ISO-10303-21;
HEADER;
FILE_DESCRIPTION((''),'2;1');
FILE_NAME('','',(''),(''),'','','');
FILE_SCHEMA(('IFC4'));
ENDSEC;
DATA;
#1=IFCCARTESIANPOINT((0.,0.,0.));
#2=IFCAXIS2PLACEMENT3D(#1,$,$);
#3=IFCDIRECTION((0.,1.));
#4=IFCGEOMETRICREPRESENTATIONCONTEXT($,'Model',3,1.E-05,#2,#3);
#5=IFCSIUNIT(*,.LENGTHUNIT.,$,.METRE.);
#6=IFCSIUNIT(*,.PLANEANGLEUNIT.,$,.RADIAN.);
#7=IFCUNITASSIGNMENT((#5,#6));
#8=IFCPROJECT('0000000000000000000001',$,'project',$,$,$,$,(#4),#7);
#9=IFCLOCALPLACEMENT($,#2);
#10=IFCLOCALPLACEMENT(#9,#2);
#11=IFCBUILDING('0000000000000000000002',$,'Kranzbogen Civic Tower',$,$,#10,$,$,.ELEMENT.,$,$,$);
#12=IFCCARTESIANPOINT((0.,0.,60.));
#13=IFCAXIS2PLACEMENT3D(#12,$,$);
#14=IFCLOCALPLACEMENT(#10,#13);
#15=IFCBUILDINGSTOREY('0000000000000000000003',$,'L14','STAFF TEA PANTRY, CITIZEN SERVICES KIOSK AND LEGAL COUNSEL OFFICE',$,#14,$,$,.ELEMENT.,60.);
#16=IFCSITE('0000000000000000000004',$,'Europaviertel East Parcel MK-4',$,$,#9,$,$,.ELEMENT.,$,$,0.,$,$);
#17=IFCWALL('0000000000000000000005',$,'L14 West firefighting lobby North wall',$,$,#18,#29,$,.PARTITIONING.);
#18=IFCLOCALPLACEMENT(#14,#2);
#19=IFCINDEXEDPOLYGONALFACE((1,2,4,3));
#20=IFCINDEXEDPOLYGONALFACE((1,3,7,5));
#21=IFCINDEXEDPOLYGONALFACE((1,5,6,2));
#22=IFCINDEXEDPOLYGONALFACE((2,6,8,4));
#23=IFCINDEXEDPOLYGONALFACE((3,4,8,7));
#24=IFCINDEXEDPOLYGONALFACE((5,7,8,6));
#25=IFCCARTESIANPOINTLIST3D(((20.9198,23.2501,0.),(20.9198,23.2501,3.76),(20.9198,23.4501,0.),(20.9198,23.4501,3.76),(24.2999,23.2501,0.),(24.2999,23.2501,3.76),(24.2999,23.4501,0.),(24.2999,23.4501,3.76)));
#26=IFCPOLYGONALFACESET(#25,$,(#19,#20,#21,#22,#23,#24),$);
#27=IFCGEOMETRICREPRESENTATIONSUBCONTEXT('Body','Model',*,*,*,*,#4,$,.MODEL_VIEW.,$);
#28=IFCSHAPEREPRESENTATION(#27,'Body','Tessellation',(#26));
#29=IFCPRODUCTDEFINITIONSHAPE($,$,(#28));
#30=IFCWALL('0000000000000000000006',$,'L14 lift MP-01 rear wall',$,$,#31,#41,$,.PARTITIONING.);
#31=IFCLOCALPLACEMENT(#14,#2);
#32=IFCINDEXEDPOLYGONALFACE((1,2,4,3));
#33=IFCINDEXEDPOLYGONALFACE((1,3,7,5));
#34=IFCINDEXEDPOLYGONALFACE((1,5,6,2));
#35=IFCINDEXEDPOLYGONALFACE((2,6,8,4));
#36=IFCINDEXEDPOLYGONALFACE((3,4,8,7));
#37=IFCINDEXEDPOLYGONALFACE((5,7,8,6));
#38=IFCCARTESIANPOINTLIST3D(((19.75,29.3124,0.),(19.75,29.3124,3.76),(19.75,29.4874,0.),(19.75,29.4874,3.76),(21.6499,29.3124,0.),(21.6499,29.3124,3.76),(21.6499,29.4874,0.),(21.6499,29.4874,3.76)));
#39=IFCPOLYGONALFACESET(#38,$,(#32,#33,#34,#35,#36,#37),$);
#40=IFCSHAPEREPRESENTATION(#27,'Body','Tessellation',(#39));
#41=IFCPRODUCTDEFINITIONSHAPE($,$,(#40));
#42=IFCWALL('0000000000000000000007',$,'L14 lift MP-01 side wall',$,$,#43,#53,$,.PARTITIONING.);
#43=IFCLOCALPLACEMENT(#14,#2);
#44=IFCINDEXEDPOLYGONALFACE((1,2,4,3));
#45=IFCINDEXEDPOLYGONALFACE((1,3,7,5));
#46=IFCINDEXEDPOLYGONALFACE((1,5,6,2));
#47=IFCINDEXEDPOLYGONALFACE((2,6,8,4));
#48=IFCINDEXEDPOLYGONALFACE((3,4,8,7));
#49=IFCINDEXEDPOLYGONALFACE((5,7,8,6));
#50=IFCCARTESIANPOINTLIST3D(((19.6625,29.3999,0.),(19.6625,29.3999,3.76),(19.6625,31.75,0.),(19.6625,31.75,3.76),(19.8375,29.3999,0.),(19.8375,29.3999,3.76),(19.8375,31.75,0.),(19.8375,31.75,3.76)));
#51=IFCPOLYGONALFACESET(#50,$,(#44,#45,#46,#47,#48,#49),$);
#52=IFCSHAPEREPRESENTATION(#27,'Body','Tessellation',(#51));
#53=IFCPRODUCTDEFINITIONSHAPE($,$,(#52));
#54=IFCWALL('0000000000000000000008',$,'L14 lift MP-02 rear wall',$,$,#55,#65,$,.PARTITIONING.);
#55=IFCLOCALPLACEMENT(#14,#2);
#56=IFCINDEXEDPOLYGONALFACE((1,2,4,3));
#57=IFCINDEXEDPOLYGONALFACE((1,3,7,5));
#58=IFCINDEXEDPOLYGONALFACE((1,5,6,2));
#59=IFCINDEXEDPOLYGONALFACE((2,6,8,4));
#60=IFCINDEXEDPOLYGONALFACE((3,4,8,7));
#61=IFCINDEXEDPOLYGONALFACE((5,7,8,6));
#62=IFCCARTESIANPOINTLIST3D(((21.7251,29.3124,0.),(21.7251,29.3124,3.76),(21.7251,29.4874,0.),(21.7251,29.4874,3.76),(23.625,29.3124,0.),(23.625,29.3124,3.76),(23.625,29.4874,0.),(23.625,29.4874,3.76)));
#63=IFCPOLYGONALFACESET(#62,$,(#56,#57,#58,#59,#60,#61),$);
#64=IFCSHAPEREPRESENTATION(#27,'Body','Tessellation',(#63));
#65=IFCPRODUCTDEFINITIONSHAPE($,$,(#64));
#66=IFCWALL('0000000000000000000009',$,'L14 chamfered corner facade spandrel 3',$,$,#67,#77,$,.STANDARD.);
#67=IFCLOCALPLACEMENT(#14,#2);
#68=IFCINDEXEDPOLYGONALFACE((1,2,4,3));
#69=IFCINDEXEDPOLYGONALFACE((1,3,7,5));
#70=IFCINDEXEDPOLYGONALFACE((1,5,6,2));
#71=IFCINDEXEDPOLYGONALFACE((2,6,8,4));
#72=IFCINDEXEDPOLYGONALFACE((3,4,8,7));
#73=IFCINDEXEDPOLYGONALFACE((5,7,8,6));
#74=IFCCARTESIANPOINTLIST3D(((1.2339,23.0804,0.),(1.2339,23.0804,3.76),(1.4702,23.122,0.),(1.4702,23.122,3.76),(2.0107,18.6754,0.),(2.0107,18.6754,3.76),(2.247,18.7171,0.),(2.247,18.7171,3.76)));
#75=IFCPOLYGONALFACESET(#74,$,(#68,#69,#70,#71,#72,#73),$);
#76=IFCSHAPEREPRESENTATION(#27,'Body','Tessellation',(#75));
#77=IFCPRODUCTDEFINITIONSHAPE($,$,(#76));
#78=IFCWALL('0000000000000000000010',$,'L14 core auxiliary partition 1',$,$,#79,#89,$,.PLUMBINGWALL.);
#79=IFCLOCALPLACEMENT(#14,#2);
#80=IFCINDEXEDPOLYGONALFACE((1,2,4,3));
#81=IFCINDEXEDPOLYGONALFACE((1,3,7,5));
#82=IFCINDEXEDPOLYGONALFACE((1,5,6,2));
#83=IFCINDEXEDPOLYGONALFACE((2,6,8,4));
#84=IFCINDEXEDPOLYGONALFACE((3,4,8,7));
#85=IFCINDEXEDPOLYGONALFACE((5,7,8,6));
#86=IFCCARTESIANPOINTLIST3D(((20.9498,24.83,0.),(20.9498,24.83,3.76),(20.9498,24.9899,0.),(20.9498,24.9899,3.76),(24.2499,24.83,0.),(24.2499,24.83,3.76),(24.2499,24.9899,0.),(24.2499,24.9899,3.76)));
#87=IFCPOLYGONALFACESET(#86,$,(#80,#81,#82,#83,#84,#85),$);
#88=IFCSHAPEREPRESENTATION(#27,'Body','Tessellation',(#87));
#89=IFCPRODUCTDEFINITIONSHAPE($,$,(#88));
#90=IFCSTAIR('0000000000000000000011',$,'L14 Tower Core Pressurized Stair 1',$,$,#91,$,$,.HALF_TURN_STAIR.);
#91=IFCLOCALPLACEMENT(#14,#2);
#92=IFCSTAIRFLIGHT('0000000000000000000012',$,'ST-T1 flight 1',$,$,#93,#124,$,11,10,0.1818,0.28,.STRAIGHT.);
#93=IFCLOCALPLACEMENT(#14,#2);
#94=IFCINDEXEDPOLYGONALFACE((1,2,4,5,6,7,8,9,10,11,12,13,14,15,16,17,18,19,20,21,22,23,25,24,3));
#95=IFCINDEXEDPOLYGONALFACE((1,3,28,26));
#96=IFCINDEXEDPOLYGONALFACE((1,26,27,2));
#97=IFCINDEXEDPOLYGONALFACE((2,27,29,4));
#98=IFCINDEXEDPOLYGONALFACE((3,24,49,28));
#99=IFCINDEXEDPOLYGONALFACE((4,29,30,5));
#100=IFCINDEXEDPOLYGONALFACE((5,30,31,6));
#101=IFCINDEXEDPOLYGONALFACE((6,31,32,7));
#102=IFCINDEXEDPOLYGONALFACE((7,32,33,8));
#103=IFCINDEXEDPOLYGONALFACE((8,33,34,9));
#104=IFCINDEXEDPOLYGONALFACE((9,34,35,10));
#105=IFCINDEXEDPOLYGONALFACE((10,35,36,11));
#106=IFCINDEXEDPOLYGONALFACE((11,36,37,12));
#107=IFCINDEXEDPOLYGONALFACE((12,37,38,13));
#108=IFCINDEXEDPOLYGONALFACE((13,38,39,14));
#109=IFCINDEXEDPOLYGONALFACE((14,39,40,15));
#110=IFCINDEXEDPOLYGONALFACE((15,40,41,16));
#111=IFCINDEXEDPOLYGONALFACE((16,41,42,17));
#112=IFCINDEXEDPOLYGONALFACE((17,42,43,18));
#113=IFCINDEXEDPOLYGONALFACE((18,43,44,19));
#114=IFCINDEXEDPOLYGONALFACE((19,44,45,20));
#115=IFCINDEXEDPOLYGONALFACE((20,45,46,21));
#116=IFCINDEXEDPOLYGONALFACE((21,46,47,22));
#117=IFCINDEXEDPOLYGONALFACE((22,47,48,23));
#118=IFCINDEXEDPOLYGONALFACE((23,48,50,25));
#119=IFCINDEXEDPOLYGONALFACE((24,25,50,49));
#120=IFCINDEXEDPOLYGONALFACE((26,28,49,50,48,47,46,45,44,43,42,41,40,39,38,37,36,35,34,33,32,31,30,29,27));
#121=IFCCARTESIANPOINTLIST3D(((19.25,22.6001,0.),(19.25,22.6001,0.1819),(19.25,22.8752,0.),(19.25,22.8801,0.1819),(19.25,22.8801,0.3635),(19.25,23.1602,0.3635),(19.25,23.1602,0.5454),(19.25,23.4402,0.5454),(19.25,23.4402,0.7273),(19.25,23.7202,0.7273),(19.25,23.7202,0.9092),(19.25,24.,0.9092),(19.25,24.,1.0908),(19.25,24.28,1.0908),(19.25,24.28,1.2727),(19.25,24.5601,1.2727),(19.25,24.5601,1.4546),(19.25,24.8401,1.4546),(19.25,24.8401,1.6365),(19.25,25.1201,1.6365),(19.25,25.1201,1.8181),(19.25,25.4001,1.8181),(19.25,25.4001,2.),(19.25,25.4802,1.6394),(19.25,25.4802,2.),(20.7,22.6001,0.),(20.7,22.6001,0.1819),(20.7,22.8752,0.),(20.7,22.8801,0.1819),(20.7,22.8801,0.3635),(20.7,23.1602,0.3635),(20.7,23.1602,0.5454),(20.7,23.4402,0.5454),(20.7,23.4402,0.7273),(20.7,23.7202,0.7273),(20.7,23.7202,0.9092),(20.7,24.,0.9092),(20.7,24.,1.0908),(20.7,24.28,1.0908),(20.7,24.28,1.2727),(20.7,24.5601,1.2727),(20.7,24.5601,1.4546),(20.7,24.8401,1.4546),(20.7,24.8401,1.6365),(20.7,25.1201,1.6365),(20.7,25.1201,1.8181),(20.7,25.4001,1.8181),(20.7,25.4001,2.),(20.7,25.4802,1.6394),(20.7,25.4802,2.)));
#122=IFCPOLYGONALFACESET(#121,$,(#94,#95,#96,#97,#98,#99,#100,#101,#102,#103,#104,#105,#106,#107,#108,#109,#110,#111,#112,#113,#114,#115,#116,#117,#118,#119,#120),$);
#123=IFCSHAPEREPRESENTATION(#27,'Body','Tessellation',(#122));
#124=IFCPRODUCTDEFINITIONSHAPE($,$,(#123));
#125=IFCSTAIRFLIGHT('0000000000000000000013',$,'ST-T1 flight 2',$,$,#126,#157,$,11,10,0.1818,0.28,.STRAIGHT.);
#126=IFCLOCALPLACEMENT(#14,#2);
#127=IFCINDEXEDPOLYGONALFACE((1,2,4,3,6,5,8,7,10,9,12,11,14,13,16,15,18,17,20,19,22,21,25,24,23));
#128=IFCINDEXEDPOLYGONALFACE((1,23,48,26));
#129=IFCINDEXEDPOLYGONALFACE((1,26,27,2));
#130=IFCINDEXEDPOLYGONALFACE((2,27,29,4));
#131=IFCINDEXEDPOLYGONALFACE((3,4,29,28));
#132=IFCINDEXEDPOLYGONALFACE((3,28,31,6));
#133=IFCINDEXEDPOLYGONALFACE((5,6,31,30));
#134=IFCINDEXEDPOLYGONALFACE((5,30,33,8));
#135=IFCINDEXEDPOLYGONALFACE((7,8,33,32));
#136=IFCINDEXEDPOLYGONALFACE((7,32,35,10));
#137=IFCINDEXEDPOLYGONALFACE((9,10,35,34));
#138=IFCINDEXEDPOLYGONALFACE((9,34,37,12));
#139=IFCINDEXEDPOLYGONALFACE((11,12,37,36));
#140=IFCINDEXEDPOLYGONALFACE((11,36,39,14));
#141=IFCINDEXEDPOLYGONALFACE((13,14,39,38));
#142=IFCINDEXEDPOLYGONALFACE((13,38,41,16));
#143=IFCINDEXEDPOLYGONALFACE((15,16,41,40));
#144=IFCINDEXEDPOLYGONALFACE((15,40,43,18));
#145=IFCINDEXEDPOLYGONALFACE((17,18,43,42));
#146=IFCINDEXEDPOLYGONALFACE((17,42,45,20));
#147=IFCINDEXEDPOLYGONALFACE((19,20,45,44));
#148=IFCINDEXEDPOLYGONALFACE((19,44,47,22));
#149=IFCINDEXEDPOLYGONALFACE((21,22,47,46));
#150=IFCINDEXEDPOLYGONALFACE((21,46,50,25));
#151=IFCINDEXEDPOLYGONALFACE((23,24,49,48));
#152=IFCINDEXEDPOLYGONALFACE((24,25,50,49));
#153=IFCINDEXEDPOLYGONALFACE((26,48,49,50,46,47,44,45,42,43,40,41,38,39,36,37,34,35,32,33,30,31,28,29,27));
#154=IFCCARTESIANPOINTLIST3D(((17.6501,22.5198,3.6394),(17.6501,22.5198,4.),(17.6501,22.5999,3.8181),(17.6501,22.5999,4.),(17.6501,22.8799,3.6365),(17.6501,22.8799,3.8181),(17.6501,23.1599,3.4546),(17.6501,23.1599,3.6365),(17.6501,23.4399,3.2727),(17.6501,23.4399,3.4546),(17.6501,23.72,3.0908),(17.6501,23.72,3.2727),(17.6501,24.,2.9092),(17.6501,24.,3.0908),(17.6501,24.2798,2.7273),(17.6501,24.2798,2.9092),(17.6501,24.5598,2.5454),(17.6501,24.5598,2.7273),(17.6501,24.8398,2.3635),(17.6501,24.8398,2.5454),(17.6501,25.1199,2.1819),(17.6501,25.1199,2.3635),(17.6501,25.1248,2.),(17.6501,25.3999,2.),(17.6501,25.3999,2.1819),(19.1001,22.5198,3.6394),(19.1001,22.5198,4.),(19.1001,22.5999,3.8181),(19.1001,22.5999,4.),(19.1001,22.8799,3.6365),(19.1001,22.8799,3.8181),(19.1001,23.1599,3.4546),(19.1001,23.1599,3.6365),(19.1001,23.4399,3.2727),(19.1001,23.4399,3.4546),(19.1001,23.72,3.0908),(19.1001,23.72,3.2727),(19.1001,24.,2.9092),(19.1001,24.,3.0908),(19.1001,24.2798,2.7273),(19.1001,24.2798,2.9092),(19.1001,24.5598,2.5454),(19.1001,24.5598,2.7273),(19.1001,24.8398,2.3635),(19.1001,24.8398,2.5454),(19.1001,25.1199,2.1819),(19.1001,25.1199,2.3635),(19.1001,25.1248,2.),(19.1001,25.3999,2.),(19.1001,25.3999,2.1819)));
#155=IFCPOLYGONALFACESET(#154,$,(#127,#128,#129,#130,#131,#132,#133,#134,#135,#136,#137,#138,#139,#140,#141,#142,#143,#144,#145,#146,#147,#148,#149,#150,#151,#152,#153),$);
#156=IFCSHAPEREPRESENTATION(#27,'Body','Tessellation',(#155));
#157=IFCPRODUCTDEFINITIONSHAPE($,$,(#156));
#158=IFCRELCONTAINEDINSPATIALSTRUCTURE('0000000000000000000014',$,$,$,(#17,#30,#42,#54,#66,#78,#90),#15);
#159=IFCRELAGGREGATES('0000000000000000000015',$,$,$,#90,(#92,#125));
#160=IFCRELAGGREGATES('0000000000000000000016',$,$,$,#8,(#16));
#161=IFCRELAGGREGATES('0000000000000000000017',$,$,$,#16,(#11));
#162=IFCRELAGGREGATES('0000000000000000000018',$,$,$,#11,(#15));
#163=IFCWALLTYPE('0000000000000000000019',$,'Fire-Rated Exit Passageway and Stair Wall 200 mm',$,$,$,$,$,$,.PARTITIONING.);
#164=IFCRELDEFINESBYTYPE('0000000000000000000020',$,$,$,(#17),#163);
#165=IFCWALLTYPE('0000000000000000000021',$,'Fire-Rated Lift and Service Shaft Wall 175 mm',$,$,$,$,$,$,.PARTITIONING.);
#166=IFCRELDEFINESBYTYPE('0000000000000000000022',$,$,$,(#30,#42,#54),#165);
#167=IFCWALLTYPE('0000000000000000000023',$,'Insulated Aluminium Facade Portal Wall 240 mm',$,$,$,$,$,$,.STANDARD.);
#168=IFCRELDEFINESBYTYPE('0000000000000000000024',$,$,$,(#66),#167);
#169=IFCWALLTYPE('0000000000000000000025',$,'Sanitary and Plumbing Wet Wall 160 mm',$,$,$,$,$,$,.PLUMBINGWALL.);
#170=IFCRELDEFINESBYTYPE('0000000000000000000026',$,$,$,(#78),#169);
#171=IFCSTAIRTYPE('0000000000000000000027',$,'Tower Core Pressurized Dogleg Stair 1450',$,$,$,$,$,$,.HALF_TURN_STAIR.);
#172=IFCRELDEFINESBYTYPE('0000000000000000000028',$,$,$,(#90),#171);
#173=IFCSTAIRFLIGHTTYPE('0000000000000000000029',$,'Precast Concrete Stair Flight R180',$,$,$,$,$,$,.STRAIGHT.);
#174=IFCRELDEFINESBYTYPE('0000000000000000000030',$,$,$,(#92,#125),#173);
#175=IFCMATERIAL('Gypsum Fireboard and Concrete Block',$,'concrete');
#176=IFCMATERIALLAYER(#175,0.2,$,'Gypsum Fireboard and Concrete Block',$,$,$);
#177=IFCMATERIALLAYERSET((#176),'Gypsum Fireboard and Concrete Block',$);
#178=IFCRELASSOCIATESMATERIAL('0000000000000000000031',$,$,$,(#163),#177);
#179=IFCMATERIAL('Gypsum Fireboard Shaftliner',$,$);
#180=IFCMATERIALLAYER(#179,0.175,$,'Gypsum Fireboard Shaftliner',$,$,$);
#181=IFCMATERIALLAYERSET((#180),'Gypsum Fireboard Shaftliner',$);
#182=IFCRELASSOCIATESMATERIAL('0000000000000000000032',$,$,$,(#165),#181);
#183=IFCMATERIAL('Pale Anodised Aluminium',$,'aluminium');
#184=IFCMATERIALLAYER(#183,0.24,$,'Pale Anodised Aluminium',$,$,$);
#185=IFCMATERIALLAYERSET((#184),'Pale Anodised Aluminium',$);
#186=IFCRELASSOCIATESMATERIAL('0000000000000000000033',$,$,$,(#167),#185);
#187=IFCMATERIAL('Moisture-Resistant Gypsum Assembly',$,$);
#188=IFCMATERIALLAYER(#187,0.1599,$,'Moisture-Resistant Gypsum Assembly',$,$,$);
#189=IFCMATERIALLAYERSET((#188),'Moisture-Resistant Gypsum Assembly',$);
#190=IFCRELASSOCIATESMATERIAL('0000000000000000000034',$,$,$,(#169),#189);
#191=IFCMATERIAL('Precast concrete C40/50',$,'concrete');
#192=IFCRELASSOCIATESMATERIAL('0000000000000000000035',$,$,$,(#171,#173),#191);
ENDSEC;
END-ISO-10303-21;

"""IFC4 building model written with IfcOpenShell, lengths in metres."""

from ifc_helpers import new_model, si_unit, direction, frame, frame_2d, origin, place, context, subcontext, project, spatial, polyline, rectangle, outline, extrude, material, layer, layer_set, type_object, element, aggregate, save


model = new_model("IFC4")

# Units and contexts
model_context = context("Model", 3, precision=1e-05, world=origin(), true_north=direction((0.0, 1.0)))
body_context = subcontext(model_context, "Body", "Model", "MODEL_VIEW")
ifc_project = project(units=[si_unit("LENGTHUNIT", "METRE"), si_unit("PLANEANGLEUNIT", "RADIAN")], contexts=[model_context])

# Site, building, storey
site_placement = place(None, origin())
site = spatial("IfcSite", under=ifc_project, at=site_placement, Name="Europaviertel East Parcel MK-4", CompositionType="ELEMENT", RefElevation=0.0)
building_placement = place(site_placement, origin())
building = spatial("IfcBuilding", under=site, at=building_placement, Name="Kranzbogen Civic Tower", CompositionType="ELEMENT")
storey_placement = place(building_placement, frame((0.0, 0.0, 60.0)))
storey = spatial("IfcBuildingStorey", under=building, at=storey_placement, Name="L14", Description="STAFF TEA PANTRY, CITIZEN SERVICES KIOSK AND LEGAL COUNSEL OFFICE", CompositionType="ELEMENT", Elevation=60.0)

# Shared definitions
ifc_material_1 = material(Name="Pale Anodised Aluminium", Category="aluminium")

# Walls
ifc_material_2 = material(Name="Gypsum Fireboard and Concrete Block", Category="concrete")
ifc_layer_1 = layer(ifc_material_2, 0.2, Name="Gypsum Fireboard and Concrete Block")
ifc_layer_set_1 = layer_set([ifc_layer_1], Name="Gypsum Fireboard and Concrete Block")
wall_type_1 = type_object("IfcWallType", Name="Fire-Rated Exit Passageway and Stair Wall 200 mm", PredefinedType="PARTITIONING", material=ifc_layer_set_1)
wall_1_placement = place(storey_placement, frame((20.9199, 23.3501, 0.0), z_axis=(0.0, 0.0, 1.0), x_axis=(1.0, 0.0, 0.0)))
element("IfcWall", 1, at=wall_1_placement, inside=storey, type_object=wall_type_1, Name="L14 West firefighting lobby North wall", PredefinedType="PARTITIONING", context=body_context, shape_type="SweptSolid", body=[
    extrude(rectangle(XDim=3.3801, YDim=0.2, at=frame_2d((1.6899, 0.0))), origin(), (0.0, 0.0, 1.0), 3.76),
])
ifc_material_3 = material(Name="Gypsum Fireboard Shaftliner")
ifc_layer_2 = layer(ifc_material_3, 0.175, Name="Gypsum Fireboard Shaftliner")
ifc_layer_set_2 = layer_set([ifc_layer_2], Name="Gypsum Fireboard Shaftliner")
wall_type_2 = type_object("IfcWallType", Name="Fire-Rated Lift and Service Shaft Wall 175 mm", PredefinedType="PARTITIONING", material=ifc_layer_set_2)
wall_2_placement = place(storey_placement, frame((19.75, 29.3999, 0.0), z_axis=(0.0, 0.0, 1.0), x_axis=(1.0, 0.0, 0.0)))
element("IfcWall", 2, at=wall_2_placement, inside=storey, type_object=wall_type_2, Name="L14 lift MP-01 rear wall", PredefinedType="PARTITIONING", context=body_context, shape_type="SweptSolid", body=[
    extrude(rectangle(XDim=1.8999, YDim=0.175, at=frame_2d((0.95, 0.0))), origin(), (0.0, 0.0, 1.0), 3.76),
])
wall_3_placement = place(storey_placement, frame((19.75, 29.3999, 0.0), z_axis=(0.0, 0.0, 1.0), x_axis=(0.0, 1.0, 0.0)))
element("IfcWall", 3, at=wall_3_placement, inside=storey, type_object=wall_type_2, Name="L14 lift MP-01 side wall", PredefinedType="PARTITIONING", context=body_context, shape_type="SweptSolid", body=[
    extrude(rectangle(XDim=2.3501, YDim=0.175, at=frame_2d((1.175, 0.0))), origin(), (0.0, 0.0, 1.0), 3.76),
])
wall_4_placement = place(storey_placement, frame((21.7251, 29.3999, 0.0), z_axis=(0.0, 0.0, 1.0), x_axis=(1.0, 0.0, 0.0)))
element("IfcWall", 4, at=wall_4_placement, inside=storey, type_object=wall_type_2, Name="L14 lift MP-02 rear wall", PredefinedType="PARTITIONING", context=body_context, shape_type="SweptSolid", body=[
    extrude(rectangle(XDim=1.8999, YDim=0.175, at=frame_2d((0.95, 0.0))), origin(), (0.0, 0.0, 1.0), 3.76),
])
ifc_layer_3 = layer(ifc_material_1, 0.24, Name="Pale Anodised Aluminium")
ifc_layer_set_3 = layer_set([ifc_layer_3], Name="Pale Anodised Aluminium")
wall_type_3 = type_object("IfcWallType", Name="Insulated Aluminium Facade Portal Wall 240 mm", PredefinedType="STANDARD", material=ifc_layer_set_3)
wall_5_placement = place(storey_placement, frame((1.3521, 23.1011, 0.0), z_axis=(0.0, 0.0, 1.0), x_axis=(0.173676, -0.984803, 0.0)))
element("IfcWall", 5, at=wall_5_placement, inside=storey, type_object=wall_type_3, Name="L14 chamfered corner facade spandrel 3", PredefinedType="STANDARD", context=body_context, shape_type="SweptSolid", body=[
    extrude(rectangle(XDim=4.4729, YDim=0.24, at=frame_2d((2.2363, 0.0))), origin(), (0.0, 0.0, 1.0), 3.76),
])
ifc_material_4 = material(Name="Moisture-Resistant Gypsum Assembly")
ifc_layer_4 = layer(ifc_material_4, 0.1599, Name="Moisture-Resistant Gypsum Assembly")
ifc_layer_set_4 = layer_set([ifc_layer_4], Name="Moisture-Resistant Gypsum Assembly")
wall_type_4 = type_object("IfcWallType", Name="Sanitary and Plumbing Wet Wall 160 mm", PredefinedType="PLUMBINGWALL", material=ifc_layer_set_4)
wall_6_placement = place(storey_placement, frame((20.95, 24.9099, 0.0), z_axis=(0.0, 0.0, 1.0), x_axis=(1.0, 0.0, 0.0)))
element("IfcWall", 6, at=wall_6_placement, inside=storey, type_object=wall_type_4, Name="L14 core auxiliary partition 1", PredefinedType="PLUMBINGWALL", context=body_context, shape_type="SweptSolid", body=[
    extrude(rectangle(XDim=3.3, YDim=0.1599, at=frame_2d((1.6499, 0.0))), origin(), (0.0, 0.0, 1.0), 3.76),
])

# Stair, stair flights
ifc_material_5 = material(Name="Precast concrete C40/50", Category="concrete")
stair_type = type_object("IfcStairType", Name="Tower Core Pressurized Dogleg Stair 1450", PredefinedType="HALF_TURN_STAIR", material=ifc_material_5)
stair_placement = place(storey_placement, origin())
stair = element("IfcStair", 7, at=stair_placement, inside=storey, type_object=stair_type, Name="L14 Tower Core Pressurized Stair 1", PredefinedType="HALF_TURN_STAIR")
stair_flight_type = type_object("IfcStairFlightType", Name="Precast Concrete Stair Flight R180", PredefinedType="STRAIGHT", material=ifc_material_5)
stair_flight_1_placement = place(storey_placement, frame((19.9751, 22.6001, 0.0), z_axis=(0.0, 0.0, 1.0), x_axis=(0.0, 1.0, 0.0)))
stair_flight_1 = element("IfcStairFlight", 8, at=stair_flight_1_placement, type_object=stair_flight_type, Name="ST-T1 flight 1", NumberOfRisers=11, NumberOfTreads=10, PredefinedType="STRAIGHT", RiserHeight=0.1818, TreadLength=0.28, context=body_context, shape_type="SweptSolid", body=[
    extrude(outline(polyline([(0.0, 0.0), (0.0, 0.1819), (0.28, 0.1819), (0.28, 0.3635), (0.5601, 0.3635), (0.5601, 0.5454), (0.8401, 0.5454), (0.8401, 0.7273), (1.1201, 0.7273), (1.1201, 0.9092), (1.3999, 0.9092), (1.3999, 1.0908), (1.6799, 1.0908), (1.6799, 1.2727), (1.96, 1.2727), (1.96, 1.4546), (2.24, 1.4546), (2.24, 1.6365), (2.52, 1.6365), (2.52, 1.8181), (2.8, 1.8181), (2.8, 2.0), (2.8801, 2.0), (2.8801, 1.6394), (0.2751, 0.0), (0.0, 0.0)])), frame((0.0, 0.7251, 0.0), z_axis=(0.0, -1.0, 0.0), x_axis=(1.0, 0.0, 0.0)), (0.0, 0.0, 1.0), 1.45),
])
stair_flight_2_placement = place(storey_placement, frame((18.375, 25.3999, 2.0), z_axis=(0.0, 0.0, 1.0), x_axis=(0.0, -1.0, 0.0)))
stair_flight_2 = element("IfcStairFlight", 9, at=stair_flight_2_placement, type_object=stair_flight_type, Name="ST-T1 flight 2", NumberOfRisers=11, NumberOfTreads=10, PredefinedType="STRAIGHT", RiserHeight=0.1818, TreadLength=0.28, context=body_context, shape_type="SweptSolid", body=[
    extrude(outline(polyline([(0.0, 0.0), (0.0, 0.1819), (0.28, 0.1819), (0.28, 0.3635), (0.5601, 0.3635), (0.5601, 0.5454), (0.8401, 0.5454), (0.8401, 0.7273), (1.1201, 0.7273), (1.1201, 0.9092), (1.3999, 0.9092), (1.3999, 1.0908), (1.6799, 1.0908), (1.6799, 1.2727), (1.96, 1.2727), (1.96, 1.4546), (2.24, 1.4546), (2.24, 1.6365), (2.52, 1.6365), (2.52, 1.8181), (2.8, 1.8181), (2.8, 2.0), (2.8801, 2.0), (2.8801, 1.6394), (0.2751, 0.0), (0.0, 0.0)])), frame((0.0, 0.7251, 0.0), z_axis=(0.0, -1.0, 0.0), x_axis=(1.0, 0.0, 0.0)), (0.0, 0.0, 1.0), 1.45),
])
aggregate(stair, [stair_flight_1, stair_flight_2])

save(model, "model.ifc")
